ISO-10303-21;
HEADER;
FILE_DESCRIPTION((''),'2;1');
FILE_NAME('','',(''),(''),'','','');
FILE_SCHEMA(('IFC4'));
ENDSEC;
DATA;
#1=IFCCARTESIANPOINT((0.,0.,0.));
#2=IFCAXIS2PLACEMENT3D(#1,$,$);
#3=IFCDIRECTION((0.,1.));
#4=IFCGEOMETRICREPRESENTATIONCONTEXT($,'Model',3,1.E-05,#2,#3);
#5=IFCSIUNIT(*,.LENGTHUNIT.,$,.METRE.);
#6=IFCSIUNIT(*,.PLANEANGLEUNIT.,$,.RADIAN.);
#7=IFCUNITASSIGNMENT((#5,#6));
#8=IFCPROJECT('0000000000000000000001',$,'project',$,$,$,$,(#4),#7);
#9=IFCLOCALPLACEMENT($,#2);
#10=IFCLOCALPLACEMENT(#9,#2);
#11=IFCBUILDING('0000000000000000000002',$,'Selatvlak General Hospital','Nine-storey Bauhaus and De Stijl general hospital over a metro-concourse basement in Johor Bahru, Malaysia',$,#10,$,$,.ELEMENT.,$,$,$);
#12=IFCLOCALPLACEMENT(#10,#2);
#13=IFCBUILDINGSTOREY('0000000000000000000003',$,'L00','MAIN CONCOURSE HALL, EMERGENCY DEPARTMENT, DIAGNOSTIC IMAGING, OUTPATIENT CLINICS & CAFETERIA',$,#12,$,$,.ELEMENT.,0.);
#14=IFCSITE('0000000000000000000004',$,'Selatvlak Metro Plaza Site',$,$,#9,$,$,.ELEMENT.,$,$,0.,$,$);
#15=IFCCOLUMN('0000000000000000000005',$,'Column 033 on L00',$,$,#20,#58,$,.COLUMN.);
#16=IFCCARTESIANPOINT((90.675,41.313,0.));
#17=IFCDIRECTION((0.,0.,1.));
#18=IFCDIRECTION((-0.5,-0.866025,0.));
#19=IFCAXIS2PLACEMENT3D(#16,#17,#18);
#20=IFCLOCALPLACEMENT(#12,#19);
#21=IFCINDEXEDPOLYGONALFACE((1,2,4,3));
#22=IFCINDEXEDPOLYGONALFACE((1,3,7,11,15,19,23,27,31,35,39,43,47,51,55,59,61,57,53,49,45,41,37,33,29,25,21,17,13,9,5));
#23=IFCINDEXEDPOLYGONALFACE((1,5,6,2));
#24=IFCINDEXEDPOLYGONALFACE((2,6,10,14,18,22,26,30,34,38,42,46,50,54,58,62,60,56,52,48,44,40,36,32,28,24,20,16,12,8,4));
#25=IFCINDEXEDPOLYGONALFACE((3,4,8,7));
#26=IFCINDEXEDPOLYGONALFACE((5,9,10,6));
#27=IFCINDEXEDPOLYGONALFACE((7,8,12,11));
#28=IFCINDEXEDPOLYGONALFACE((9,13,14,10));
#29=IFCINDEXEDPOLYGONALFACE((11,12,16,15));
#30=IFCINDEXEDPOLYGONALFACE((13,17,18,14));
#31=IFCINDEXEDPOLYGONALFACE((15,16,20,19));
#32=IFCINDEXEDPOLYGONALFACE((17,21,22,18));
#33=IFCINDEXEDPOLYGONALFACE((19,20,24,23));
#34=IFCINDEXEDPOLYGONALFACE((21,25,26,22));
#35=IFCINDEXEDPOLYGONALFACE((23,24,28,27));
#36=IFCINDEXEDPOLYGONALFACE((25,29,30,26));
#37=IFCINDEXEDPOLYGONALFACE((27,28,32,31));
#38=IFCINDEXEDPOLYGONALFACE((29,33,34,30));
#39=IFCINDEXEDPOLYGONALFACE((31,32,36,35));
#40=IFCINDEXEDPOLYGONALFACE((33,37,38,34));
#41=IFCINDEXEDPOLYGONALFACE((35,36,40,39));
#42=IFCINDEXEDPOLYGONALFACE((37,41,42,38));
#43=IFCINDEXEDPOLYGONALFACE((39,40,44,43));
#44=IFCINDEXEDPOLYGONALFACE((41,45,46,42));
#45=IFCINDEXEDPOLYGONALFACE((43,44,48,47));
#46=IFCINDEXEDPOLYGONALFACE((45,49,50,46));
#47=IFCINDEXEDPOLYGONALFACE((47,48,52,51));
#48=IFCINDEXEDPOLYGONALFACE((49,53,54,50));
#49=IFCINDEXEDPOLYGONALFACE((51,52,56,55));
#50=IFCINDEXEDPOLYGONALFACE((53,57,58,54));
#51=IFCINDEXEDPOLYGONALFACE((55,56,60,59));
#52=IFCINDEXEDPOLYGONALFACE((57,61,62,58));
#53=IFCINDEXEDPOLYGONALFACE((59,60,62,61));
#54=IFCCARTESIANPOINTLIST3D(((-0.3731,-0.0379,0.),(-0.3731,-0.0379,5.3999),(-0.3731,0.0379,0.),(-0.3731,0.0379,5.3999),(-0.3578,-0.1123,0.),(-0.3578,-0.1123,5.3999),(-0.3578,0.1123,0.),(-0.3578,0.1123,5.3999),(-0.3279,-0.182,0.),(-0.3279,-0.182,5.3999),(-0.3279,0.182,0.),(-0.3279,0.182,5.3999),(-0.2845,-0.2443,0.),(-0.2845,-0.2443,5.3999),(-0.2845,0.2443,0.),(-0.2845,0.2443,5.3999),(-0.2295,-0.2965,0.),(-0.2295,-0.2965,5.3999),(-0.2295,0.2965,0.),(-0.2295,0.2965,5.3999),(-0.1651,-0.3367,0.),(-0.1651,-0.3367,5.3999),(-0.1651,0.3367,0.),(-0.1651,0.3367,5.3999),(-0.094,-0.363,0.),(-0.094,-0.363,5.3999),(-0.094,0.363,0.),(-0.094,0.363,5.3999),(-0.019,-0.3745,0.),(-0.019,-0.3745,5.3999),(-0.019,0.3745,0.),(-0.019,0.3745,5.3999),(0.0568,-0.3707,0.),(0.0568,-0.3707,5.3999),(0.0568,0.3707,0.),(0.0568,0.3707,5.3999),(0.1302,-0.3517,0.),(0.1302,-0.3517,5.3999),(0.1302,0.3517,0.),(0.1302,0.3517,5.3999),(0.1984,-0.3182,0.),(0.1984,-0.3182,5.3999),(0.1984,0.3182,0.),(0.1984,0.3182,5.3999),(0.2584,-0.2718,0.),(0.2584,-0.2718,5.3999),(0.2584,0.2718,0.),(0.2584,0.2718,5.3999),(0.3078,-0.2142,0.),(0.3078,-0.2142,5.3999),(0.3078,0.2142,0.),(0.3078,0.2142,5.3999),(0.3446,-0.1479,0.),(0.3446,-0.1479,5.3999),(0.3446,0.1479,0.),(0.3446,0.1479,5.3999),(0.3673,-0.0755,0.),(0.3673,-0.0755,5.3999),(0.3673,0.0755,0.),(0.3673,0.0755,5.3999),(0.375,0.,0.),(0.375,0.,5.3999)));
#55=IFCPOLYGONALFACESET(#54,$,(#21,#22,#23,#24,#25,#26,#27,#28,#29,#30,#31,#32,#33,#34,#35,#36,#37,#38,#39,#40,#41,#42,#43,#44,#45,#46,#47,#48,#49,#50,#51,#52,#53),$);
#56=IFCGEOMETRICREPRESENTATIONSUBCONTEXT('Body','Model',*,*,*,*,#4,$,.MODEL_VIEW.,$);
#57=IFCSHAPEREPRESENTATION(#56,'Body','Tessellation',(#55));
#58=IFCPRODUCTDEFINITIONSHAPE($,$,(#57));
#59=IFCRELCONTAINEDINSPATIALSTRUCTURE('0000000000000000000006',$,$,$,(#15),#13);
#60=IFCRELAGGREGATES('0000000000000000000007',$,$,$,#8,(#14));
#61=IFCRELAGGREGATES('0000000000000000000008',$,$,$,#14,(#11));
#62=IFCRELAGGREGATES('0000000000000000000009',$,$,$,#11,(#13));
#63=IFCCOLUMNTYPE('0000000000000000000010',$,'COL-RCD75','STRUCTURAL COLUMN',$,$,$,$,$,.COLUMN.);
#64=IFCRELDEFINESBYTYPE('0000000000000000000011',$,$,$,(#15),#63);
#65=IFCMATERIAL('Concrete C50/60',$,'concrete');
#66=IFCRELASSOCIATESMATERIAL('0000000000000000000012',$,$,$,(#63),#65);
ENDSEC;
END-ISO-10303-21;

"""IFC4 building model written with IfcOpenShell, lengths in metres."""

from ifc_helpers import new_model, si_unit, direction, frame, origin, origin_2d, place, context, subcontext, project, spatial, circle, extrude, material, material_profile, profile_set, type_object, element, save


model = new_model("IFC4")

# Units and contexts
model_context = context("Model", 3, precision=1e-05, world=origin(), true_north=direction((0.0, 1.0)))
body_context = subcontext(model_context, "Body", "Model", "MODEL_VIEW")
ifc_project = project(units=[si_unit("LENGTHUNIT", "METRE"), si_unit("PLANEANGLEUNIT", "RADIAN")], contexts=[model_context])

# Site, building, storey
site_placement = place(None, origin())
site = spatial("IfcSite", under=ifc_project, at=site_placement, Name="Selatvlak Metro Plaza Site", CompositionType="ELEMENT", RefElevation=0.0)
building_placement = place(site_placement, origin())
building = spatial("IfcBuilding", under=site, at=building_placement, Name="Selatvlak General Hospital", Description="Nine-storey Bauhaus and De Stijl general hospital over a metro-concourse basement in Johor Bahru, Malaysia", CompositionType="ELEMENT")
storey_placement = place(building_placement, origin())
storey = spatial("IfcBuildingStorey", under=building, at=storey_placement, Name="L00", Description="MAIN CONCOURSE HALL, EMERGENCY DEPARTMENT, DIAGNOSTIC IMAGING, OUTPATIENT CLINICS & CAFETERIA", CompositionType="ELEMENT", Elevation=0.0)

# Column
ifc_material_1 = material(Name="Concrete C50/60", Category="concrete")
ifc_material_profile_1 = material_profile(ifc_material_1, circle(Radius=0.375, at=origin_2d()), Name="RC-COL D750")
ifc_profile_set_1 = profile_set([ifc_material_profile_1], Name="Concrete C50/60")
column_type_1 = type_object("IfcColumnType", Name="COL-RCD75", Description="STRUCTURAL COLUMN", PredefinedType="COLUMN", material=ifc_profile_set_1)
for number, where, z_axis, x_axis, name in (
    (1, (90.675, 41.313, 0.0), (0.0, 0.0, 1.0), (-0.5, -0.866025, 0.0), "Column 033 on L00"),
):
    element("IfcColumn", number, at=place(storey_placement, frame(where, z_axis=z_axis, x_axis=x_axis)), inside=storey, type_object=column_type_1, Name=name, PredefinedType="COLUMN", context=body_context, shape_type="SweptSolid", body=[
        extrude(circle(Radius=0.375, at=origin_2d()), origin(), (0.0, 0.0, 1.0), 5.3999),
    ])

save(model, "model.ifc")
